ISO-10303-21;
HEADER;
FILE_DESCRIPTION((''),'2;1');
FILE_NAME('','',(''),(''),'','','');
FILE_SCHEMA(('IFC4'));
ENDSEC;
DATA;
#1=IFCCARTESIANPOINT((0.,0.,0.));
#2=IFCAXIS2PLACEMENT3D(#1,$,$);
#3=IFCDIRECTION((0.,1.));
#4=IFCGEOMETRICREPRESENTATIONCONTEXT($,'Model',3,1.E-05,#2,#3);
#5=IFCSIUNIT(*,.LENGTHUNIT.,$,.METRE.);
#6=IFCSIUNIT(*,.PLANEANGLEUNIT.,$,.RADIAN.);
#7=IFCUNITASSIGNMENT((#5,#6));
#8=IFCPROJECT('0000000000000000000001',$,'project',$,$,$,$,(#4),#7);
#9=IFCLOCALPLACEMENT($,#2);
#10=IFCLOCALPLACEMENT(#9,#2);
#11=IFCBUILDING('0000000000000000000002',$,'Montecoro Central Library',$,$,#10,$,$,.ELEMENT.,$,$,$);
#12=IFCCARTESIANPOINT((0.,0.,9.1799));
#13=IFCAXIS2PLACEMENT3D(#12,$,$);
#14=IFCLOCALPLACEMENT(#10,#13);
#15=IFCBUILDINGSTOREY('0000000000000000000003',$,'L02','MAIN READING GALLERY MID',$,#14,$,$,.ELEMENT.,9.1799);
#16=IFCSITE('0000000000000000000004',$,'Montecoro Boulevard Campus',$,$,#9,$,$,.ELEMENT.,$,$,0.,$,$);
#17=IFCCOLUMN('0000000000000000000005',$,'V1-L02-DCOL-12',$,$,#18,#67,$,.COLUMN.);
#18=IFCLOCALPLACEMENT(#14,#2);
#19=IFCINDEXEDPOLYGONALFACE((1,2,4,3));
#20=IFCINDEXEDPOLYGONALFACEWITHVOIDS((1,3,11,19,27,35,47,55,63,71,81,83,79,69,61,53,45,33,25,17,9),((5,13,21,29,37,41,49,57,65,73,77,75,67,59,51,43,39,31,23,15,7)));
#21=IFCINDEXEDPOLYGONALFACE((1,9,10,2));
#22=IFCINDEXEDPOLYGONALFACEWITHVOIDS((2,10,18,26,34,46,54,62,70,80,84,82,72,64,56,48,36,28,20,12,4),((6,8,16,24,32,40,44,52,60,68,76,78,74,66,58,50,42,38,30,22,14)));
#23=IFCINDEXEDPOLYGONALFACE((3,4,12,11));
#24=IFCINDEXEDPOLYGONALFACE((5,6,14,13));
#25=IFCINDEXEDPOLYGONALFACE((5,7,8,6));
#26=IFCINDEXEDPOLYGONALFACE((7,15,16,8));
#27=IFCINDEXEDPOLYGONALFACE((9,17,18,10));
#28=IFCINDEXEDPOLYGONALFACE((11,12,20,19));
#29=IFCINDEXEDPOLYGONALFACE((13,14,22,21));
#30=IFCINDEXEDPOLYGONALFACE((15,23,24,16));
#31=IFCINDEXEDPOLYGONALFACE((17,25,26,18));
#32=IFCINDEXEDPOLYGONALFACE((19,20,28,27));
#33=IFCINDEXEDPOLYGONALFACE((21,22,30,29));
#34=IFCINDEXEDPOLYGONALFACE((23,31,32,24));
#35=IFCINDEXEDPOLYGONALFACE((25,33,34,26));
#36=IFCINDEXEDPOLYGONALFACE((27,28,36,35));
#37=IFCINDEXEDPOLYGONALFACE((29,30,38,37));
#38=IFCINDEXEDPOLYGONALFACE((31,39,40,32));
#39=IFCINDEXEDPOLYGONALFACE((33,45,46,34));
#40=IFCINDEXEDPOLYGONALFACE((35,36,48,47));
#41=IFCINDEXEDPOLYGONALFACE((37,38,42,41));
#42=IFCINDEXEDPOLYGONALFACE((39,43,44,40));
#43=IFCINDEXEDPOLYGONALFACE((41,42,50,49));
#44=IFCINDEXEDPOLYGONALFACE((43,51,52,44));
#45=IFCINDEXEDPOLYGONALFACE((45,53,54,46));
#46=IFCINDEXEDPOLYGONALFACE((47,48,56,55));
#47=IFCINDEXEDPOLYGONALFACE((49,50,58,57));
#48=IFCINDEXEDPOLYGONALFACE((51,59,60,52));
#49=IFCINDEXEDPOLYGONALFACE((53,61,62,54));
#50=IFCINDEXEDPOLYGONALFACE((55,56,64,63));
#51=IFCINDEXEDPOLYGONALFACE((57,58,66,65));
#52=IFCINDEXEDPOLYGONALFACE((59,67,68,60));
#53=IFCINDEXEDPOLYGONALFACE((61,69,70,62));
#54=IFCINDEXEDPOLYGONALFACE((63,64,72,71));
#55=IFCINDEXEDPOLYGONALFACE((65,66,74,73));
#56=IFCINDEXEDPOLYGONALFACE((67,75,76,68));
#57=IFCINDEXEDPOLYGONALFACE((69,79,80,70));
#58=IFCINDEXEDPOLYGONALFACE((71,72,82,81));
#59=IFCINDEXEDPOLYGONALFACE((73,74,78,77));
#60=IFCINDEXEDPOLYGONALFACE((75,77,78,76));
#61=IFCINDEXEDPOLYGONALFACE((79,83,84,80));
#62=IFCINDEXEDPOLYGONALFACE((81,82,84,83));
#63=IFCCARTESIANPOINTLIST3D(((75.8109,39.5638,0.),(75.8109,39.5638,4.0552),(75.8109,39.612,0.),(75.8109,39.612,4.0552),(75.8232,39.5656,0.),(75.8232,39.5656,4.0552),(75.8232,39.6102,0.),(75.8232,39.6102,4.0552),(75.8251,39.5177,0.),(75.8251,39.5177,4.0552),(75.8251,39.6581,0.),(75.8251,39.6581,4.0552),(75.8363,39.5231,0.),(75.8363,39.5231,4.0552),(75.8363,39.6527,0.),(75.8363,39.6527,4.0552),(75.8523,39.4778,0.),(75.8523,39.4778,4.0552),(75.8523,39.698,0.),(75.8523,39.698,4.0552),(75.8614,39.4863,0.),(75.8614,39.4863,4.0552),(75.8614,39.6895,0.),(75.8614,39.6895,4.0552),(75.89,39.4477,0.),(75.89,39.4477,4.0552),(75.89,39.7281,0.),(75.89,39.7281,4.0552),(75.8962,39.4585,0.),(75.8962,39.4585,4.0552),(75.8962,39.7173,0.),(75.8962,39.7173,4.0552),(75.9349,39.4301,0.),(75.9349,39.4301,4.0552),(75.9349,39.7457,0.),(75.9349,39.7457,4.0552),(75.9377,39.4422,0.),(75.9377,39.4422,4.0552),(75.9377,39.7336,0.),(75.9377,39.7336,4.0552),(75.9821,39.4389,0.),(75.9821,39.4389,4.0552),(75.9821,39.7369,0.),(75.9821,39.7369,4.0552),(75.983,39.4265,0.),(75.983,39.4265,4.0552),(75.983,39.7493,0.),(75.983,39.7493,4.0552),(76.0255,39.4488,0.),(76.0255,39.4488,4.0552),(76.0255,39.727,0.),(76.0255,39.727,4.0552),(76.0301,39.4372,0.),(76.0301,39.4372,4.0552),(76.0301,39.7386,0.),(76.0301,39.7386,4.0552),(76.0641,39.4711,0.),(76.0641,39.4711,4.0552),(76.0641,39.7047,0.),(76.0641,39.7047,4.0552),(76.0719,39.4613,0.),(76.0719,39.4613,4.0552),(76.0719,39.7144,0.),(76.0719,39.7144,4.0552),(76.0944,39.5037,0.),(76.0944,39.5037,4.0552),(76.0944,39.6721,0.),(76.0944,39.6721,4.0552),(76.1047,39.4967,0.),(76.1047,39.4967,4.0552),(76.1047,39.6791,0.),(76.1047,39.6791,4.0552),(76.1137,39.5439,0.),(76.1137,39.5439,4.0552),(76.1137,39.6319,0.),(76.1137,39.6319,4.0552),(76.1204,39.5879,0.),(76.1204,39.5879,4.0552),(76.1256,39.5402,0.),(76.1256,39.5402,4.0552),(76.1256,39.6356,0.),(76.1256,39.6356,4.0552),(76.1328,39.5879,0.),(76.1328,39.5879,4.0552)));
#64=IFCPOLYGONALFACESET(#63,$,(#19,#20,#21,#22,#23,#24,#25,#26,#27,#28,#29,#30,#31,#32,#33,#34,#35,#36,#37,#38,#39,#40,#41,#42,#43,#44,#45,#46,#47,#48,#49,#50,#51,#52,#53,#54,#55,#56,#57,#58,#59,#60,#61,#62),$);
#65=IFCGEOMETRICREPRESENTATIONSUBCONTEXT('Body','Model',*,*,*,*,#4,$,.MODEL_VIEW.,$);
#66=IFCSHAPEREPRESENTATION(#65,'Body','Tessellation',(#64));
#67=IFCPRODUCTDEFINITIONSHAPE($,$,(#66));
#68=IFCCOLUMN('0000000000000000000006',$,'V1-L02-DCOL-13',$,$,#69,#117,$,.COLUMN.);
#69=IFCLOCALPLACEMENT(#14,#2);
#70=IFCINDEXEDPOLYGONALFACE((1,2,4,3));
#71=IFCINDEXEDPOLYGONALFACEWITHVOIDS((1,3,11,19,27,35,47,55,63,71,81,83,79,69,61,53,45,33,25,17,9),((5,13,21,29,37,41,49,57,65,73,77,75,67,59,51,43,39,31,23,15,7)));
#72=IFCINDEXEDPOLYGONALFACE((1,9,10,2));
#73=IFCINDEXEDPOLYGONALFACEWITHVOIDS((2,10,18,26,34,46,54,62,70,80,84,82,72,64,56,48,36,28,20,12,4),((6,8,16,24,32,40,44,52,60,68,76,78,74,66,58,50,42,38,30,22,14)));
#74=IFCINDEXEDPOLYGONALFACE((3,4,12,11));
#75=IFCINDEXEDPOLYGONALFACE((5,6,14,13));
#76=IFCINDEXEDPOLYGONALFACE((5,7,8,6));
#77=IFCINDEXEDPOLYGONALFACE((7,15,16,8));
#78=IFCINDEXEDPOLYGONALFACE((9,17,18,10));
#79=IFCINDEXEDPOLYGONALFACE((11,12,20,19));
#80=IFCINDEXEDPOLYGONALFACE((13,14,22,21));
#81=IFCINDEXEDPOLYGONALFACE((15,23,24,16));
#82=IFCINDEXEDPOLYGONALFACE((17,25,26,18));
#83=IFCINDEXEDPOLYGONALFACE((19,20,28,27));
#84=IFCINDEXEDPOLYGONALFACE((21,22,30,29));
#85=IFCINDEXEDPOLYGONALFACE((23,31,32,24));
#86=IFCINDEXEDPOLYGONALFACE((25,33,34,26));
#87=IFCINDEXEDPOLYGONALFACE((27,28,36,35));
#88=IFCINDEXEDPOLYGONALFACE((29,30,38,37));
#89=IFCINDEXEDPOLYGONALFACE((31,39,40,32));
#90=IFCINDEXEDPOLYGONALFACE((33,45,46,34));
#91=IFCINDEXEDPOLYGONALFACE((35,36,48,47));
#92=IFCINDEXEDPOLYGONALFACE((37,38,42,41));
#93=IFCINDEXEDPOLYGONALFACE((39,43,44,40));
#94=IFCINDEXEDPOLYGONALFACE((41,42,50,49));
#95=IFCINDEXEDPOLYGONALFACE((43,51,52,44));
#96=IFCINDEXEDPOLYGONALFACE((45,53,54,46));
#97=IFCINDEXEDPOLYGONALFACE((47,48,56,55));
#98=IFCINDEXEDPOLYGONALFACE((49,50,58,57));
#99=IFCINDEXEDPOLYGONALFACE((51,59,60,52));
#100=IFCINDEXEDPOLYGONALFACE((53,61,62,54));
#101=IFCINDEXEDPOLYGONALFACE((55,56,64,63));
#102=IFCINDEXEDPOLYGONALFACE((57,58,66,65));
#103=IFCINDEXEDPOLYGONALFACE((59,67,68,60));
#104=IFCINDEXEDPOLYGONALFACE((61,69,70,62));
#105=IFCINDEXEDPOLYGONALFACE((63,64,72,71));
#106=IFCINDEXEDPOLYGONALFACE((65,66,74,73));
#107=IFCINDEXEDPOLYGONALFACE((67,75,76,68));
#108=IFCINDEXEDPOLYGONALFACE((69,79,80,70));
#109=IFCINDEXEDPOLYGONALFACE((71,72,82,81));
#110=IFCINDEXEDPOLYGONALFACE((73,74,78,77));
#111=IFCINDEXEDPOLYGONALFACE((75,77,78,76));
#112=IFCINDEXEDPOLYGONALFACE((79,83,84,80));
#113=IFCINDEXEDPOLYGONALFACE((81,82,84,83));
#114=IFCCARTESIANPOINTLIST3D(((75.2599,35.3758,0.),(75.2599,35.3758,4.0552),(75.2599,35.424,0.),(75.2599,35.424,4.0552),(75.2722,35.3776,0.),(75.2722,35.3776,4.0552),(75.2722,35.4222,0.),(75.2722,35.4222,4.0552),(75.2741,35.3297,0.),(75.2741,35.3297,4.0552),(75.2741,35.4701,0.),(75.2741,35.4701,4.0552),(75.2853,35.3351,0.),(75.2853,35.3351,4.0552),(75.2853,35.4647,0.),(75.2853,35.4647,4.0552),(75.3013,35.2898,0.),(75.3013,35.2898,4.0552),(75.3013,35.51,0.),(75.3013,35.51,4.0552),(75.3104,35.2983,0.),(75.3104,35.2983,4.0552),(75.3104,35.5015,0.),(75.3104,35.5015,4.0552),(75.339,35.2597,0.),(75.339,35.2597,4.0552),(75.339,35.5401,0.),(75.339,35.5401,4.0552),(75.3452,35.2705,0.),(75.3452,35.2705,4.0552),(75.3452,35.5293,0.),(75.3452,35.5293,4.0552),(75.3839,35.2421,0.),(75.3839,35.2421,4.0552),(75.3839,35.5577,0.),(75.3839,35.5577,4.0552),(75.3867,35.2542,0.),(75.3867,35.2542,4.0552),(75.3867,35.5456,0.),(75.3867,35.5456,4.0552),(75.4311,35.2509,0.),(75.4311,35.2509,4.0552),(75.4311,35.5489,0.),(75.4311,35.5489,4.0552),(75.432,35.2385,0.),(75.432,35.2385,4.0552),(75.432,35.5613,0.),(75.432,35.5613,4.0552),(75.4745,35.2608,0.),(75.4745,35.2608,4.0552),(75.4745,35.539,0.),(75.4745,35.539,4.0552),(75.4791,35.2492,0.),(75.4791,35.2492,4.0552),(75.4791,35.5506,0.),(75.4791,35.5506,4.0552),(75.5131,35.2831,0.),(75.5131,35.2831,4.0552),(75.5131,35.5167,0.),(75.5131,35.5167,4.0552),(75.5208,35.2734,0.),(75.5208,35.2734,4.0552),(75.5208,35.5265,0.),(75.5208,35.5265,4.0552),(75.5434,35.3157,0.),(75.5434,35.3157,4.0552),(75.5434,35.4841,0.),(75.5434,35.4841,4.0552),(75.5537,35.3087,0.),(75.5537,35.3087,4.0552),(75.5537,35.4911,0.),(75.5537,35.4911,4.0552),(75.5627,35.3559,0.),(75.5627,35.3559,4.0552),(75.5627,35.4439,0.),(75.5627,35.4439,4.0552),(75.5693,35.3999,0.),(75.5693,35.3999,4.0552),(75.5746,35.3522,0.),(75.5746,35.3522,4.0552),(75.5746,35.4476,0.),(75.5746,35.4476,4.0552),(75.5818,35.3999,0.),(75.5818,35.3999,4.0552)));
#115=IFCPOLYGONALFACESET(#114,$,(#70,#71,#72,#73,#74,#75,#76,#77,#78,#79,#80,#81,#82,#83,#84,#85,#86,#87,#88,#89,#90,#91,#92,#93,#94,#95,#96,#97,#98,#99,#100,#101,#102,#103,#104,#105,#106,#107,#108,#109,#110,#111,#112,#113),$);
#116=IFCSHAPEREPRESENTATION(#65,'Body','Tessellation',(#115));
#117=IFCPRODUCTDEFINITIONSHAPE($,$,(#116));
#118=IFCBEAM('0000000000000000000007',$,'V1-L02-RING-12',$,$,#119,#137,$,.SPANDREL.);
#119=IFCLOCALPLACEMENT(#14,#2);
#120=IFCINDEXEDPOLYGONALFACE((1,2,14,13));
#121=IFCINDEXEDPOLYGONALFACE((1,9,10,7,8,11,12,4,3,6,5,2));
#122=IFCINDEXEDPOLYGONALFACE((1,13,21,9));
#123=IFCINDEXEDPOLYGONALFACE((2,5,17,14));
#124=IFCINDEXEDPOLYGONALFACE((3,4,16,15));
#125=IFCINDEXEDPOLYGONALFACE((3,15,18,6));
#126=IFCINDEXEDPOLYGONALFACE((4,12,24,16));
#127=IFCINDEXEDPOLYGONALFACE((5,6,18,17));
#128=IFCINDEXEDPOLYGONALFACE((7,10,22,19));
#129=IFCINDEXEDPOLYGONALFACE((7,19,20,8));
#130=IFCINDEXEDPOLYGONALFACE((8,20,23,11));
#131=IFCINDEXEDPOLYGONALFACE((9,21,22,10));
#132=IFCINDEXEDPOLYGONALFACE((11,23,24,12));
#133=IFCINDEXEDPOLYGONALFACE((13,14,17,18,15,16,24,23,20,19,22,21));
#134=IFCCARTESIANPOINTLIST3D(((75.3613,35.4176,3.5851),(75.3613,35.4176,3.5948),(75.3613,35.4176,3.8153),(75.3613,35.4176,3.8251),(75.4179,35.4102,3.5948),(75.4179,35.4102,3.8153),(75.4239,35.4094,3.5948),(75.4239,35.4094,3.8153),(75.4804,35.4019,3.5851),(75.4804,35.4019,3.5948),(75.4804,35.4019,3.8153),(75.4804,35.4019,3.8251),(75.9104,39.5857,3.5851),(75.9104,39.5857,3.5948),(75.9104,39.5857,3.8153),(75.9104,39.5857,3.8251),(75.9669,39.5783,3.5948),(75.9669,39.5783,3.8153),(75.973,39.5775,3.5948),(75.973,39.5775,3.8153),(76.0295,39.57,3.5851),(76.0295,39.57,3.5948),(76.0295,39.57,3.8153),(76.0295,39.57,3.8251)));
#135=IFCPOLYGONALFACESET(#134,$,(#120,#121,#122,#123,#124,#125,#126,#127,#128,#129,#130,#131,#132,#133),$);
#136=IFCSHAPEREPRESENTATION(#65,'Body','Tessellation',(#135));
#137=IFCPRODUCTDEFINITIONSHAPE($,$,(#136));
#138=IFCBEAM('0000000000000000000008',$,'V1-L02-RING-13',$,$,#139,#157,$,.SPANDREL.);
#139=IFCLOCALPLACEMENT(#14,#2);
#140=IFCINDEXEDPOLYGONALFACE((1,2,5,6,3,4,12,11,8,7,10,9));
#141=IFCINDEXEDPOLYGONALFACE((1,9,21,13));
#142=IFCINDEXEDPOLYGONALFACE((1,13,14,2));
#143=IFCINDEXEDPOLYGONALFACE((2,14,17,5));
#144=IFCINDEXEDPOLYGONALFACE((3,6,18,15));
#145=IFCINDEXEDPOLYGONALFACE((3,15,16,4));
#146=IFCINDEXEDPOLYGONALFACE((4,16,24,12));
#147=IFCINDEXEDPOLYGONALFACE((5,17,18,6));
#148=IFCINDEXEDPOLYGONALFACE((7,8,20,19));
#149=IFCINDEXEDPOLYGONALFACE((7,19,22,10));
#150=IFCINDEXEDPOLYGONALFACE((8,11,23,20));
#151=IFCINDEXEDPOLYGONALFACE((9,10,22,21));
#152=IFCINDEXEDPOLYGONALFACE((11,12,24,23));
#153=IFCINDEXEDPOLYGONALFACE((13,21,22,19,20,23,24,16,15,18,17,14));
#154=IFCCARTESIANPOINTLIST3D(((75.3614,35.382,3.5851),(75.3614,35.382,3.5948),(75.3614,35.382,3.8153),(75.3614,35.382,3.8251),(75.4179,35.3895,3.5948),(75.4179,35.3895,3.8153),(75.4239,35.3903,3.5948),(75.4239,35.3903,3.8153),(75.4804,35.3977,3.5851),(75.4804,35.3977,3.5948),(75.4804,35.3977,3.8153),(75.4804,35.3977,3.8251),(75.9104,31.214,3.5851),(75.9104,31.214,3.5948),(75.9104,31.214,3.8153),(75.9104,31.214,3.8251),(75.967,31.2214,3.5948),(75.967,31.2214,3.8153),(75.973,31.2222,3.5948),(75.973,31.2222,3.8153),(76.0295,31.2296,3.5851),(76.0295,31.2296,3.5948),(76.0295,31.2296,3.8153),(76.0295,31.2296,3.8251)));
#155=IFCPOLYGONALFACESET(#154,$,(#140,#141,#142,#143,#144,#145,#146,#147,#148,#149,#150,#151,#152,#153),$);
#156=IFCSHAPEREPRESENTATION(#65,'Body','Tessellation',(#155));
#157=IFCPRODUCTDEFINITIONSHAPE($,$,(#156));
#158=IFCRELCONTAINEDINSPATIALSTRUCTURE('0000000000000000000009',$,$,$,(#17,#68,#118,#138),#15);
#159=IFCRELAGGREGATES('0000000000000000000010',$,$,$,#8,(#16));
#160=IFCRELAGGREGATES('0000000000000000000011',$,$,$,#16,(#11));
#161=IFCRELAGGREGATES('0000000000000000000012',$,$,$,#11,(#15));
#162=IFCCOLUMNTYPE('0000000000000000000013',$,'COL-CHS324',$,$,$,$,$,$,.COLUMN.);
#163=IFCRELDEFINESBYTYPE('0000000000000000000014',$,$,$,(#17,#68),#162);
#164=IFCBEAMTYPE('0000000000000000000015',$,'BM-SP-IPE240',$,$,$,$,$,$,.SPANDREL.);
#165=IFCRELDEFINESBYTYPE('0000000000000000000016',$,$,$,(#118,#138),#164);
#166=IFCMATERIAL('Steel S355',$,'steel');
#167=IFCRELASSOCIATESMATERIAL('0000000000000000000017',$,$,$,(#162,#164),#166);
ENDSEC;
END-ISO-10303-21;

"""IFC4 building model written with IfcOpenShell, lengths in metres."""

from ifc_helpers import new_model, si_unit, direction, frame, origin, origin_2d, place, context, subcontext, project, spatial, hollow_circle, i_section, extrude, material, material_profile, profile_set, type_object, element, save


model = new_model("IFC4")

# Units and contexts
model_context = context("Model", 3, precision=1e-05, world=origin(), true_north=direction((0.0, 1.0)))
body_context = subcontext(model_context, "Body", "Model", "MODEL_VIEW")
ifc_project = project(units=[si_unit("LENGTHUNIT", "METRE"), si_unit("PLANEANGLEUNIT", "RADIAN")], contexts=[model_context])

# Site, building, storey
site_placement = place(None, origin())
site = spatial("IfcSite", under=ifc_project, at=site_placement, Name="Montecoro Boulevard Campus", CompositionType="ELEMENT", RefElevation=0.0)
building_placement = place(site_placement, origin())
building = spatial("IfcBuilding", under=site, at=building_placement, Name="Montecoro Central Library", CompositionType="ELEMENT")
storey_placement = place(building_placement, frame((0.0, 0.0, 9.1799)))
storey = spatial("IfcBuildingStorey", under=building, at=storey_placement, Name="L02", Description="MAIN READING GALLERY MID", CompositionType="ELEMENT", Elevation=9.1799)

# Columns
ifc_material_1 = material(Name="Steel S355", Category="steel")
ifc_material_profile_1 = material_profile(ifc_material_1, hollow_circle(Radius=0.1619, WallThickness=0.0125, at=origin_2d()), Name="CHS 323.9x12.5")
ifc_profile_set_1 = profile_set([ifc_material_profile_1], Name="Steel S355")
column_type = type_object("IfcColumnType", Name="COL-CHS324", PredefinedType="COLUMN", material=ifc_profile_set_1)
for number, where, z_axis, x_axis, name in (
    (1, (75.9709, 39.5879, 0.0), (0.0, 0.0, 1.0), (1.0, 0.0, 0.0), "V1-L02-DCOL-12"),
    (2, (75.4199, 35.3999, 0.0), (0.0, 0.0, 1.0), (1.0, 0.0, 0.0), "V1-L02-DCOL-13"),
):
    element("IfcColumn", number, at=place(storey_placement, frame(where, z_axis=z_axis, x_axis=x_axis)), inside=storey, type_object=column_type, Name=name, PredefinedType="COLUMN", context=body_context, shape_type="SweptSolid", body=[
        extrude(hollow_circle(Radius=0.1619, WallThickness=0.0125, at=origin_2d()), origin(), (0.0, 0.0, 1.0), 4.0552),
    ])

# Beams
ifc_material_profile_2 = material_profile(ifc_material_1, i_section(OverallWidth=0.1201, OverallDepth=0.24, WebThickness=0.0061, FlangeThickness=0.0098, at=origin_2d()), Name="IPE 240")
ifc_profile_set_2 = profile_set([ifc_material_profile_2], Name="Steel S355")
beam_type = type_object("IfcBeamType", Name="BM-SP-IPE240", PredefinedType="SPANDREL", material=ifc_profile_set_2)
for number, where, z_axis, x_axis, name in (
    (3, (75.97, 39.5779, 3.7051), (-0.130608, -0.991434, 0.0), (0.991434, -0.130608, 0.0), "V1-L02-RING-12"),
    (4, (75.4209, 35.3899, 3.7051), (0.130608, -0.991434, 0.0), (0.991434, 0.130608, 0.0), "V1-L02-RING-13"),
):
    element("IfcBeam", number, at=place(storey_placement, frame(where, z_axis=z_axis, x_axis=x_axis)), inside=storey, type_object=beam_type, Name=name, PredefinedType="SPANDREL", context=body_context, shape_type="SweptSolid", body=[
        extrude(i_section(OverallWidth=0.1201, OverallDepth=0.24, WebThickness=0.0061, FlangeThickness=0.0098, at=origin_2d()), origin(), (0.0, 0.0, 1.0), 4.2041),
    ])

save(model, "model.ifc")
